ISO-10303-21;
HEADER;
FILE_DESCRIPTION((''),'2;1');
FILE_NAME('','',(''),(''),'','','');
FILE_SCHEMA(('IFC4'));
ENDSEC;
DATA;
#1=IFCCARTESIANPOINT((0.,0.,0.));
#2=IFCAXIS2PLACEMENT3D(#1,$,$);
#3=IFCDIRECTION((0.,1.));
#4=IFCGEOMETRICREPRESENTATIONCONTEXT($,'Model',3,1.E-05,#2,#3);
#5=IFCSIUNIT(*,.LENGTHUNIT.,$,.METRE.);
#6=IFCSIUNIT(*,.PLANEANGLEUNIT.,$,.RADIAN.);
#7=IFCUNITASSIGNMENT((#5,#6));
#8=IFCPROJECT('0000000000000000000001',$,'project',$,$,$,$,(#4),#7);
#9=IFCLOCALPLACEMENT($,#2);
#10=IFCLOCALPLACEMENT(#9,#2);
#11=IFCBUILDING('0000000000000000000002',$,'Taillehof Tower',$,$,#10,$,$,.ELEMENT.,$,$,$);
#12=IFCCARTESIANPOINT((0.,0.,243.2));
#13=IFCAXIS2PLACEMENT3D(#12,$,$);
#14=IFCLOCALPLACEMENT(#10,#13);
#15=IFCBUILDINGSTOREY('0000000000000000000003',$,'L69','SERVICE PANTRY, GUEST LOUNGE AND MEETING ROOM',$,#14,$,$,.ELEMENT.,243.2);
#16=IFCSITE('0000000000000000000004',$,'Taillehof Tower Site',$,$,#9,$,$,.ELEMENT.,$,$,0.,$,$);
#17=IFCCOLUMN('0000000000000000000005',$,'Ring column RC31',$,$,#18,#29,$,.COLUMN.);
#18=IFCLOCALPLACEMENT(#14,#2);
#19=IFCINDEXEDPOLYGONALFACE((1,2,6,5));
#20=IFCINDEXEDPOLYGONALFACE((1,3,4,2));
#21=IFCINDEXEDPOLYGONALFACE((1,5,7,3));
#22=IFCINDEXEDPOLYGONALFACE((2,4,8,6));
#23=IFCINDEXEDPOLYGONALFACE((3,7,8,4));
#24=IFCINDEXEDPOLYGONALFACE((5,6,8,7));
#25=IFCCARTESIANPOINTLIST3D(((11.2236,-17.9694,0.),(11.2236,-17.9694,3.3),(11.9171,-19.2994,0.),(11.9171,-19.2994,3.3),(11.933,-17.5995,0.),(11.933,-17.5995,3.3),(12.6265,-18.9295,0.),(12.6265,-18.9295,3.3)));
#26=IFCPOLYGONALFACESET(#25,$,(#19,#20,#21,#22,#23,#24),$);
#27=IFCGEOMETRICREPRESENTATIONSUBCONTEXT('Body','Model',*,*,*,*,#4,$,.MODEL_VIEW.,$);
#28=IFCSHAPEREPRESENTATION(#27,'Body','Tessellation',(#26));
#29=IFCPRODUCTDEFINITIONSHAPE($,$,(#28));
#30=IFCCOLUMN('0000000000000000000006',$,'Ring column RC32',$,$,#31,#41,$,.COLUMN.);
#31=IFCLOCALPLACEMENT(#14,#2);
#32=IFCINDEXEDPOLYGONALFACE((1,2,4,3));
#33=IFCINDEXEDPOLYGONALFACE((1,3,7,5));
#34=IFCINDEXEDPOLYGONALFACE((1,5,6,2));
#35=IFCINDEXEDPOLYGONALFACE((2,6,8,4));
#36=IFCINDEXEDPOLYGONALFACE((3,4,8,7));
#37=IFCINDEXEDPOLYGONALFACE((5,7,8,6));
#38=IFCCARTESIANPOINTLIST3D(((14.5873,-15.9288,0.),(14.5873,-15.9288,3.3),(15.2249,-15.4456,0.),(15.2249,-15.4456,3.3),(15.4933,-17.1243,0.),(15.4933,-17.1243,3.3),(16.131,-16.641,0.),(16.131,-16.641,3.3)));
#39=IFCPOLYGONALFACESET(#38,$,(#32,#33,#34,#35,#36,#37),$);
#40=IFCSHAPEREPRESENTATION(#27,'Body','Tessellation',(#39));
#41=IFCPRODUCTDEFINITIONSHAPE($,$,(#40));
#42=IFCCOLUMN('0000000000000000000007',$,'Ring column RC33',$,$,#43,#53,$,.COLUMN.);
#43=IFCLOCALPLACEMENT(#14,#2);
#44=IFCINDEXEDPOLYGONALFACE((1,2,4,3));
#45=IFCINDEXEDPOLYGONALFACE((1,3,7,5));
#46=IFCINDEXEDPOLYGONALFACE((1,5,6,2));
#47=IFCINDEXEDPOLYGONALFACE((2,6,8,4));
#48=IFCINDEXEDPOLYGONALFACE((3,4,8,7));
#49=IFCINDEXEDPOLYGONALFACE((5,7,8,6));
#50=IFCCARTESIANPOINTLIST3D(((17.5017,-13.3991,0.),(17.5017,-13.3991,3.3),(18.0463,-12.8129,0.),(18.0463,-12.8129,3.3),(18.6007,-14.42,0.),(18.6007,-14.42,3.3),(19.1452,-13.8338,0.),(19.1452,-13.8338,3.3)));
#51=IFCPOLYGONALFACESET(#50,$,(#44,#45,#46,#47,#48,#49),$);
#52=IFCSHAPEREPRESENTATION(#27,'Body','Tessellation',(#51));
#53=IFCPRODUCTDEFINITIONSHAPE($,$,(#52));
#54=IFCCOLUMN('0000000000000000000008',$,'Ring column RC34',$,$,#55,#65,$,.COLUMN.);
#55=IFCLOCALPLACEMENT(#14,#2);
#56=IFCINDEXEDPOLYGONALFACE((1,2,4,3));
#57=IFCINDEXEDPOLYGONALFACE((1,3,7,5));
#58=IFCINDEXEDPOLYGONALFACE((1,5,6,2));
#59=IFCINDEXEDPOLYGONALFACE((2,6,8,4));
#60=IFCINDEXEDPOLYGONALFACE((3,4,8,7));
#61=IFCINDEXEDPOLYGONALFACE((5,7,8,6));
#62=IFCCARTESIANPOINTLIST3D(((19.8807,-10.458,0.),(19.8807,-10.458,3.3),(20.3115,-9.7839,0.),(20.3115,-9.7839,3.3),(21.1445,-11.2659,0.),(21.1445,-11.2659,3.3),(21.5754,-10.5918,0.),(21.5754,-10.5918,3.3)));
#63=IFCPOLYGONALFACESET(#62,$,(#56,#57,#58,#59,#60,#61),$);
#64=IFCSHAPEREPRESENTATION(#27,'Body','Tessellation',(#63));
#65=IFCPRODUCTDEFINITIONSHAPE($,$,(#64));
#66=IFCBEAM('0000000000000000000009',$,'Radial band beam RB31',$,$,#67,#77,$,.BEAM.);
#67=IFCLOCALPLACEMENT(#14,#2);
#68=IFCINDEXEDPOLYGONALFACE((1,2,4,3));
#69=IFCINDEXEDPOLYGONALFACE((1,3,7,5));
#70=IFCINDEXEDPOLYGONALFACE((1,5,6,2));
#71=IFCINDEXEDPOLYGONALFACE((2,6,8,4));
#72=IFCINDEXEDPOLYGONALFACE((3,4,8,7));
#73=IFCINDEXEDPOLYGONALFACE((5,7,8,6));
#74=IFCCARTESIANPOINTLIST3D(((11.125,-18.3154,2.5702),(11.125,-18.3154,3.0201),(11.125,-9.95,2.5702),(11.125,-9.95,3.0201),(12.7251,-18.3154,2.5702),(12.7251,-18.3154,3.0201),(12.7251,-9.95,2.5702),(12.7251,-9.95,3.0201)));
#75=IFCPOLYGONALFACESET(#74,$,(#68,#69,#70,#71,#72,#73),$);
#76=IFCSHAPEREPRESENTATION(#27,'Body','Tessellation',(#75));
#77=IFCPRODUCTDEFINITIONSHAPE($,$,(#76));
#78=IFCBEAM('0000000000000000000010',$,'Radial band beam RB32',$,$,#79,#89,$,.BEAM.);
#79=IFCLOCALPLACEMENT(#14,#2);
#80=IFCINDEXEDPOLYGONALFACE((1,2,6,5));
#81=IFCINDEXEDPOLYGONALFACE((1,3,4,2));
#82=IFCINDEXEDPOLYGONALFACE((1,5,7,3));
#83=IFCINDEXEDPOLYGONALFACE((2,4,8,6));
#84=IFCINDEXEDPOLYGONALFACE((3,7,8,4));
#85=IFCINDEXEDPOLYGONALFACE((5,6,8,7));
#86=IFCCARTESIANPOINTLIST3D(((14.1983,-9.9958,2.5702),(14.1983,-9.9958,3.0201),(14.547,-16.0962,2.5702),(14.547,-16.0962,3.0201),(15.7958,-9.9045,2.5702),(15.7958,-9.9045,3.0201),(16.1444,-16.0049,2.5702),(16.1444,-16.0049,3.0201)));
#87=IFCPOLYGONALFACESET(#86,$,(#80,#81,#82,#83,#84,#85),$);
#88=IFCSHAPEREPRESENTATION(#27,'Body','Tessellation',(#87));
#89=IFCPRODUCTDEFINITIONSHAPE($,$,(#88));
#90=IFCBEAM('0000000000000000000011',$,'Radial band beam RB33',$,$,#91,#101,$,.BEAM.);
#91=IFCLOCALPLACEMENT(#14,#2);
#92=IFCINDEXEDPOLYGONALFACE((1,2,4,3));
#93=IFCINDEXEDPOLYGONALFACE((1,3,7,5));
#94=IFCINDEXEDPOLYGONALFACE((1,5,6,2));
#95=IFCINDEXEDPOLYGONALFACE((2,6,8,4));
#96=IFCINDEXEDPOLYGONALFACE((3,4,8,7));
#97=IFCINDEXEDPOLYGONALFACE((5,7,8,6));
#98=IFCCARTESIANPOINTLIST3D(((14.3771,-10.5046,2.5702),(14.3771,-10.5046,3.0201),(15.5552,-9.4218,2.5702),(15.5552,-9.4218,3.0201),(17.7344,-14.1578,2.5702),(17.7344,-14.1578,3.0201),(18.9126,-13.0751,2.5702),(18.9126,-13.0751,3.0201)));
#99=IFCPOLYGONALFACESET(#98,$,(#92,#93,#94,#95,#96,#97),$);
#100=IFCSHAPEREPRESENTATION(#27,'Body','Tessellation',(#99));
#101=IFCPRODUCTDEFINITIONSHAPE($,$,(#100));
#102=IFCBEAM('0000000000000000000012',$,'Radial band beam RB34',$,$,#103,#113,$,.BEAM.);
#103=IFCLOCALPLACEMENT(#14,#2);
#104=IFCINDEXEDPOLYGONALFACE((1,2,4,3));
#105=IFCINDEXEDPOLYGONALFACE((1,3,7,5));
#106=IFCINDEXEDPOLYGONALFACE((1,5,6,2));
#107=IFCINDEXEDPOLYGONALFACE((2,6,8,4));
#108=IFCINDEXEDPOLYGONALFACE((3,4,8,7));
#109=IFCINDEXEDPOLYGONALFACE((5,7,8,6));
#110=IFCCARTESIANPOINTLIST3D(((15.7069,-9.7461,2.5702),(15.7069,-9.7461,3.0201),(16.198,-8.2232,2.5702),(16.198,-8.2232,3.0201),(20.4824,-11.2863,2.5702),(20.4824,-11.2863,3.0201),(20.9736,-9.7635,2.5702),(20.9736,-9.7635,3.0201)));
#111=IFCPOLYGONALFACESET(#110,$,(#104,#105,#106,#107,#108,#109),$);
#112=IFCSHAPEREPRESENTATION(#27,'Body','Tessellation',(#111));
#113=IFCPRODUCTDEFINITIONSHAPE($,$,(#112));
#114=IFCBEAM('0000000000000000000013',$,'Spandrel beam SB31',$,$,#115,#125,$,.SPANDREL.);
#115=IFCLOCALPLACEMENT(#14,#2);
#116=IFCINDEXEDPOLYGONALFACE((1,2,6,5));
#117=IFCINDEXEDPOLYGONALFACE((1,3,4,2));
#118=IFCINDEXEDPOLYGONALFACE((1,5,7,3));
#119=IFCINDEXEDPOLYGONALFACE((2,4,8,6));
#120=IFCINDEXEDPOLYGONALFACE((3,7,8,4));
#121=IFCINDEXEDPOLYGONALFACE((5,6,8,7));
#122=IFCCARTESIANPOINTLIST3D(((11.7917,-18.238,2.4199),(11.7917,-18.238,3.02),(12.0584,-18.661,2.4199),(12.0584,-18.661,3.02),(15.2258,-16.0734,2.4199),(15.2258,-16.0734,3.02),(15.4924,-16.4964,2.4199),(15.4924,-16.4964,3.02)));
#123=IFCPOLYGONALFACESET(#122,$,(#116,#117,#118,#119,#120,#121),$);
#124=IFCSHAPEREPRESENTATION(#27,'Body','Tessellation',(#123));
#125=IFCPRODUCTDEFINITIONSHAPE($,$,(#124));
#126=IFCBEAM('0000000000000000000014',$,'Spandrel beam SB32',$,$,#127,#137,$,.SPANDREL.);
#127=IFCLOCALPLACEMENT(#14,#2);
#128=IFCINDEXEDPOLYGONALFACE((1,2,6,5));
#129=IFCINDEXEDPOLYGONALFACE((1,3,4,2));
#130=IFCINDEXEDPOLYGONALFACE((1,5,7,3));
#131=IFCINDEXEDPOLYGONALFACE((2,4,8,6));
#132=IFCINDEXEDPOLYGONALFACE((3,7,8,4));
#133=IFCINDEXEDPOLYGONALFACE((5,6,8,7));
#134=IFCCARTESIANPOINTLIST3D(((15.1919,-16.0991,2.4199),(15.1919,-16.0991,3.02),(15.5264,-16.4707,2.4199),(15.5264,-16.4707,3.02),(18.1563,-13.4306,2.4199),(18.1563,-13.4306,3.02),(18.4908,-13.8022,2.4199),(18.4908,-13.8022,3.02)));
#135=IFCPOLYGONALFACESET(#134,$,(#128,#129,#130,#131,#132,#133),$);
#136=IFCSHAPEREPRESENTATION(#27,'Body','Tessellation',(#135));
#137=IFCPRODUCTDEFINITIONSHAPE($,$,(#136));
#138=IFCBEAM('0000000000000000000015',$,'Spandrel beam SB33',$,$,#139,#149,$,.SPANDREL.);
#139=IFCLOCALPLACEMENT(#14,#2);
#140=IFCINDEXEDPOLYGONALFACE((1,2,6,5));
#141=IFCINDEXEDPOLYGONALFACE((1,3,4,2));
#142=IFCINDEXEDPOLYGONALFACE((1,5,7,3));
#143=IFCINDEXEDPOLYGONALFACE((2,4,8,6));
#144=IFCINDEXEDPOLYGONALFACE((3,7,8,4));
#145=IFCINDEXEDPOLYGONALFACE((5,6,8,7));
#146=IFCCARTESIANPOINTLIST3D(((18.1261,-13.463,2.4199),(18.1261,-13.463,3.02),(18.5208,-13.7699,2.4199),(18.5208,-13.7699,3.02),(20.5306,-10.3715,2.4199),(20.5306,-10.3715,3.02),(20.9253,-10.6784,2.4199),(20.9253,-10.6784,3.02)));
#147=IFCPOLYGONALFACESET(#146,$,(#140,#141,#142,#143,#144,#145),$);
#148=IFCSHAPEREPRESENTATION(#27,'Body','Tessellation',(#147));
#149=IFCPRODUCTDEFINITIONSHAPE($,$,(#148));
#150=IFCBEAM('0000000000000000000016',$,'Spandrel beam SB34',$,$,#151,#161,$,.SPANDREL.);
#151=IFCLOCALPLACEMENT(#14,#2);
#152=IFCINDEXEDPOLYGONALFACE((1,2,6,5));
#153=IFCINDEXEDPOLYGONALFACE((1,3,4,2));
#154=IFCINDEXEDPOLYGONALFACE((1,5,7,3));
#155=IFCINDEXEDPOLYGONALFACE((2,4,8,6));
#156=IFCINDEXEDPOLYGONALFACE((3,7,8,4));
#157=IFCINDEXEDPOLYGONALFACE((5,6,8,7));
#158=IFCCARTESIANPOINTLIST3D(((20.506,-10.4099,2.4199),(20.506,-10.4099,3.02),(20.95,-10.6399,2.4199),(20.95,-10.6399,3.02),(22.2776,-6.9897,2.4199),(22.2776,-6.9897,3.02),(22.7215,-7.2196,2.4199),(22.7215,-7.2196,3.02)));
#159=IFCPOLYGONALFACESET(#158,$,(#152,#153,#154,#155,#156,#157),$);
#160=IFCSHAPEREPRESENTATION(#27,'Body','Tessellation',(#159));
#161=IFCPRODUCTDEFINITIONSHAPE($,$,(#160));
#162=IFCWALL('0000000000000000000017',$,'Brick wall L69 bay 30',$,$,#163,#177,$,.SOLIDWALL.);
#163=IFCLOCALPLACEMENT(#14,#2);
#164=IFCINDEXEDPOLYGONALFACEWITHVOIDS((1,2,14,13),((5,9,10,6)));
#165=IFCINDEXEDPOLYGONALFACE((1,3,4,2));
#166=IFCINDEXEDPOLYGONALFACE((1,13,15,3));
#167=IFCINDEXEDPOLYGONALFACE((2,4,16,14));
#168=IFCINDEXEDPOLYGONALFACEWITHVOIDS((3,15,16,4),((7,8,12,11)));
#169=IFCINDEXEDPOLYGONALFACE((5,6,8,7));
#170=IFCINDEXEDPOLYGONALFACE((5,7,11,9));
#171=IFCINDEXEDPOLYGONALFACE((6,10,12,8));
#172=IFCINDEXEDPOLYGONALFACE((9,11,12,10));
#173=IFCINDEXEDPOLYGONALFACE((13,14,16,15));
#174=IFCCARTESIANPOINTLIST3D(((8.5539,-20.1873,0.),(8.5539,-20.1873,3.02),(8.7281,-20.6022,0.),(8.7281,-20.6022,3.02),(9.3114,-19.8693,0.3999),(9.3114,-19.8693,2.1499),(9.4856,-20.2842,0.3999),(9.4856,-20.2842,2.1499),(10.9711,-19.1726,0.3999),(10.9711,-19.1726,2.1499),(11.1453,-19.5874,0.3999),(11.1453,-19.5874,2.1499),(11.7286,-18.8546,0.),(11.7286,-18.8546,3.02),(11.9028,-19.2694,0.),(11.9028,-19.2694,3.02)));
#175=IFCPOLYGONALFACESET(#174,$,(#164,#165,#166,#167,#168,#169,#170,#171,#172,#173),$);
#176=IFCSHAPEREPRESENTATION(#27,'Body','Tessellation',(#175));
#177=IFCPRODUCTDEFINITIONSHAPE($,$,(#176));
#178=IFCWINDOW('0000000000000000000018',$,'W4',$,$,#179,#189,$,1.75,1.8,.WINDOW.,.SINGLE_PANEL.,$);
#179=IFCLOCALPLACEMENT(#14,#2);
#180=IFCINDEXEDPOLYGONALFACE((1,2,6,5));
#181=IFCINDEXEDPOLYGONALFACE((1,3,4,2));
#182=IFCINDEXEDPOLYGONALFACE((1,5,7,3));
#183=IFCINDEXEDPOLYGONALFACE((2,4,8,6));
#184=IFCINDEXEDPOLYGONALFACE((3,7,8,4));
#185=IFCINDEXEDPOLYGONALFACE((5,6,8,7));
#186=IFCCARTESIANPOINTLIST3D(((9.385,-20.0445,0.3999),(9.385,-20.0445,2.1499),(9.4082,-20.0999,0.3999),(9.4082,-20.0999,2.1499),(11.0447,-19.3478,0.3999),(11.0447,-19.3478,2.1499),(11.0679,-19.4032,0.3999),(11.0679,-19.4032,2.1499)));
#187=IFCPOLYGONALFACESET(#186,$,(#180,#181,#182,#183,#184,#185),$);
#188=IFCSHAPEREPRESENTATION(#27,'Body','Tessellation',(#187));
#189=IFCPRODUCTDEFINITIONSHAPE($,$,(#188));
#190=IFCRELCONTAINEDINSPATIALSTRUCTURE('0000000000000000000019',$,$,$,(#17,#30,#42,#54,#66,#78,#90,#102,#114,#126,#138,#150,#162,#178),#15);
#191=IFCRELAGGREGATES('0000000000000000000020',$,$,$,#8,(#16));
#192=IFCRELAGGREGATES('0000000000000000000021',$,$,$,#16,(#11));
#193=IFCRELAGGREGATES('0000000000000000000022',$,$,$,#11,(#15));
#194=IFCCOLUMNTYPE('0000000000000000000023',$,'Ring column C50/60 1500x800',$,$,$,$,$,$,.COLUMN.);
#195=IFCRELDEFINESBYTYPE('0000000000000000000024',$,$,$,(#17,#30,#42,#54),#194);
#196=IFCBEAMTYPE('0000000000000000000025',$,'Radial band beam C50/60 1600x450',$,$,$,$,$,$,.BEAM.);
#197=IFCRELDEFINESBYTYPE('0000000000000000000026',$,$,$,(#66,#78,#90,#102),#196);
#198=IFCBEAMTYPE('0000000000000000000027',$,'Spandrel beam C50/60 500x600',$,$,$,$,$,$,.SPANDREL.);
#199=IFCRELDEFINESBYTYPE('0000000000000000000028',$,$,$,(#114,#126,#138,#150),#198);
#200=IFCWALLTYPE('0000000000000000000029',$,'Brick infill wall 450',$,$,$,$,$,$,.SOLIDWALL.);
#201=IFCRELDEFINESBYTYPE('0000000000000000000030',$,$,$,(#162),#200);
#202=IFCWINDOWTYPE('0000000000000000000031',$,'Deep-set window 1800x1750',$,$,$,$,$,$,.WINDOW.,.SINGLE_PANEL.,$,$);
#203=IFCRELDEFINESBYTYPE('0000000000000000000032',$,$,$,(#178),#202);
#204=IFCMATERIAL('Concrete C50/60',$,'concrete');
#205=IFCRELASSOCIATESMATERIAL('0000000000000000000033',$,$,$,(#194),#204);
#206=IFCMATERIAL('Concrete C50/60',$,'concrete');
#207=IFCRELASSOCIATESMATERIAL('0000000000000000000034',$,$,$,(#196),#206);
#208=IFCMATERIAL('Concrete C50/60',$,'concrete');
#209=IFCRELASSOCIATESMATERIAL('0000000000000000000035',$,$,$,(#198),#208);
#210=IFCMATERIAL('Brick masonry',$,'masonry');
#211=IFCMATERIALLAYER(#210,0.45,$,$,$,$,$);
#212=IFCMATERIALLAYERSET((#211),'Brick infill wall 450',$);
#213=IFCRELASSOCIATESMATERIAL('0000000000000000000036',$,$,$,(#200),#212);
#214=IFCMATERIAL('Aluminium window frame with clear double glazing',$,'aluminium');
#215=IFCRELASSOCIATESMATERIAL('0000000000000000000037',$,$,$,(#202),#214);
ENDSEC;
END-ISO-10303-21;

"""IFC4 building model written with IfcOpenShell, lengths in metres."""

from ifc_helpers import new_model, si_unit, direction, frame, frame_2d, origin, origin_2d, place, context, subcontext, project, spatial, rectangle, extrude, material, layer, layer_set, material_profile, profile_set, type_object, element, fill, save


model = new_model("IFC4")

# Units and contexts
model_context = context("Model", 3, precision=1e-05, world=origin(), true_north=direction((0.0, 1.0)))
body_context = subcontext(model_context, "Body", "Model", "MODEL_VIEW")
ifc_project = project(units=[si_unit("LENGTHUNIT", "METRE"), si_unit("PLANEANGLEUNIT", "RADIAN")], contexts=[model_context])

# Site, building, storey
site_placement = place(None, origin())
site = spatial("IfcSite", under=ifc_project, at=site_placement, Name="Taillehof Tower Site", CompositionType="ELEMENT", RefElevation=0.0)
building_placement = place(site_placement, origin())
building = spatial("IfcBuilding", under=site, at=building_placement, Name="Taillehof Tower", CompositionType="ELEMENT")
storey_placement = place(building_placement, frame((0.0, 0.0, 243.2)))
storey = spatial("IfcBuildingStorey", under=building, at=storey_placement, Name="L69", Description="SERVICE PANTRY, GUEST LOUNGE AND MEETING ROOM", CompositionType="ELEMENT", Elevation=243.2)

# Columns
ifc_material_1 = material(Name="Concrete C50/60", Category="concrete")
ifc_material_profile_1 = material_profile(ifc_material_1, rectangle(XDim=1.5, YDim=0.8, at=origin_2d()), Name="RC 1500x800")
ifc_profile_set_1 = profile_set([ifc_material_profile_1], Name="Concrete C50/60")
column_type = type_object("IfcColumnType", Name="Ring column C50/60 1500x800", PredefinedType="COLUMN", material=ifc_profile_set_1)
for number, where, z_axis, x_axis, name in (
    (1, (11.925, -18.4495, 0.0), (0.0, 0.0, 1.0), (0.462384, -0.88668, 0.0), "Ring column RC31"),
    (2, (15.3591, -16.2849, 0.0), (0.0, 0.0, 1.0), (0.60402, -0.796969, 0.0), "Ring column RC32"),
    (3, (18.3235, -13.6165, 0.0), (0.0, 0.0, 1.0), (0.732636, -0.680621, 0.0), "Ring column RC33"),
    (4, (20.728, -10.5249, 0.0), (0.0, 0.0, 1.0), (0.842574, -0.538581, 0.0), "Ring column RC34"),
):
    element("IfcColumn", number, at=place(storey_placement, frame(where, z_axis=z_axis, x_axis=x_axis)), inside=storey, type_object=column_type, Name=name, PredefinedType="COLUMN", context=body_context, shape_type="SweptSolid", body=[
        extrude(rectangle(XDim=1.5, YDim=0.8, at=origin_2d()), origin(), (0.0, 0.0, 1.0), 3.3),
    ])

# Beams
ifc_material_2 = material(Name="Concrete C50/60", Category="concrete")
ifc_material_profile_2 = material_profile(ifc_material_2, rectangle(XDim=1.6001, YDim=0.45, at=origin_2d()), Name="RC 1600x450")
ifc_profile_set_2 = profile_set([ifc_material_profile_2], Name="Concrete C50/60")
beam_type_1 = type_object("IfcBeamType", Name="Radial band beam C50/60 1600x450", PredefinedType="BEAM", material=ifc_profile_set_2)
beam_1_placement = place(storey_placement, frame((11.925, -18.3154, 2.7952), z_axis=(0.0, 1.0, 0.0), x_axis=(-1.0, 0.0, 0.0)))
element("IfcBeam", 5, at=beam_1_placement, inside=storey, type_object=beam_type_1, Name="Radial band beam RB31", PredefinedType="BEAM", context=body_context, shape_type="SweptSolid", body=[
    extrude(rectangle(XDim=1.6001, YDim=0.45, at=origin_2d()), origin(), (0.0, 0.0, 1.0), 8.3655),
])
beam_2_placement = place(storey_placement, frame((15.3457, -16.0505, 2.7952), z_axis=(-0.057057, 0.998371, 0.0), x_axis=(-0.998371, -0.057057, 0.0)))
element("IfcBeam", 6, at=beam_2_placement, inside=storey, type_object=beam_type_1, Name="Radial band beam RB32", PredefinedType="BEAM", context=body_context, shape_type="SweptSolid", body=[
    extrude(rectangle(XDim=1.6001, YDim=0.45, at=origin_2d()), origin(), (0.0, 0.0, 1.0), 6.1104),
])
beam_3_placement = place(storey_placement, frame((18.3235, -13.6165, 2.7952), z_axis=(-0.67666, 0.736296, 0.0), x_axis=(-0.736296, -0.67666, 0.0)))
element("IfcBeam", 7, at=beam_3_placement, inside=storey, type_object=beam_type_1, Name="Radial band beam RB33", PredefinedType="BEAM", context=body_context, shape_type="SweptSolid", body=[
    extrude(rectangle(XDim=1.6001, YDim=0.45, at=origin_2d()), origin(), (0.0, 0.0, 1.0), 4.9617),
])
beam_4_placement = place(storey_placement, frame((20.728, -10.5249, 2.7952), z_axis=(-0.951723, 0.306959, 0.0), x_axis=(-0.306959, -0.951723, 0.0)))
element("IfcBeam", 8, at=beam_4_placement, inside=storey, type_object=beam_type_1, Name="Radial band beam RB34", PredefinedType="BEAM", context=body_context, shape_type="SweptSolid", body=[
    extrude(rectangle(XDim=1.6001, YDim=0.45, at=origin_2d()), origin(), (0.0, 0.0, 1.0), 5.0178),
])
ifc_material_3 = material(Name="Concrete C50/60", Category="concrete")
ifc_material_profile_3 = material_profile(ifc_material_3, rectangle(XDim=0.5, YDim=0.6001, at=origin_2d()), Name="RC 500x600")
ifc_profile_set_3 = profile_set([ifc_material_profile_3], Name="Concrete C50/60")
beam_type_2 = type_object("IfcBeamType", Name="Spandrel beam C50/60 500x600", PredefinedType="SPANDREL", material=ifc_profile_set_3)
beam_5_placement = place(storey_placement, frame((11.925, -18.4495, 2.72), z_axis=(0.845972, 0.533228, 0.0), x_axis=(-0.533228, 0.845972, 0.0)))
element("IfcBeam", 9, at=beam_5_placement, inside=storey, type_object=beam_type_2, Name="Spandrel beam SB31", PredefinedType="SPANDREL", context=body_context, shape_type="SweptSolid", body=[
    extrude(rectangle(XDim=0.5, YDim=0.6001, at=origin_2d()), origin(), (0.0, 0.0, 1.0), 4.0593),
])
beam_6_placement = place(storey_placement, frame((15.3591, -16.2849, 2.72), z_axis=(0.743227, 0.669039, 0.0), x_axis=(-0.669039, 0.743227, 0.0)))
element("IfcBeam", 10, at=beam_6_placement, inside=storey, type_object=beam_type_2, Name="Spandrel beam SB32", PredefinedType="SPANDREL", context=body_context, shape_type="SweptSolid", body=[
    extrude(rectangle(XDim=0.5, YDim=0.6001, at=origin_2d()), origin(), (0.0, 0.0, 1.0), 3.9885),
])
beam_7_placement = place(storey_placement, frame((18.3235, -13.6165, 2.72), z_axis=(0.613941, 0.789352, 0.0), x_axis=(-0.789352, 0.613941, 0.0)))
element("IfcBeam", 11, at=beam_7_placement, inside=storey, type_object=beam_type_2, Name="Spandrel beam SB33", PredefinedType="SPANDREL", context=body_context, shape_type="SweptSolid", body=[
    extrude(rectangle(XDim=0.5, YDim=0.6001, at=origin_2d()), origin(), (0.0, 0.0, 1.0), 3.9165),
])
beam_8_placement = place(storey_placement, frame((20.728, -10.5249, 2.72), z_axis=(0.459921, 0.88796, 0.0), x_axis=(-0.88796, 0.459921, 0.0)))
element("IfcBeam", 12, at=beam_8_placement, inside=storey, type_object=beam_type_2, Name="Spandrel beam SB34", PredefinedType="SPANDREL", context=body_context, shape_type="SweptSolid", body=[
    extrude(rectangle(XDim=0.5, YDim=0.6001, at=origin_2d()), origin(), (0.0, 0.0, 1.0), 3.8518),
])

# Wall, opening, window
ifc_material_4 = material(Name="Brick masonry", Category="masonry")
ifc_layer_1 = layer(ifc_material_4, 0.45)
ifc_layer_set_1 = layer_set([ifc_layer_1], Name="Brick infill wall 450")
wall_type_1 = type_object("IfcWallType", Name="Brick infill wall 450", PredefinedType="SOLIDWALL", material=ifc_layer_set_1)
wall_1_placement = place(storey_placement, frame((8.6409, -20.3948, 0.0), z_axis=(0.0, 0.0, 1.0), x_axis=(0.92205, 0.387071, 0.0)))
wall_1 = element("IfcWall", 13, at=wall_1_placement, inside=storey, type_object=wall_type_1, Name="Brick wall L69 bay 30", PredefinedType="SOLIDWALL", context=body_context, shape_type="SweptSolid", body=[
    extrude(rectangle(XDim=3.4431, YDim=0.45, at=frame_2d((1.7217, 0.0))), origin(), (0.0, 0.0, 1.0), 3.02),
])
opening_1_placement = place(wall_1_placement, frame((0.8218, 0.0, 0.3999)))
opening_1 = element("IfcOpeningElement", 14, at=opening_1_placement, cuts=wall_1, PredefinedType="OPENING", context=body_context, shape_type="SweptSolid", body=[
    extrude(rectangle(XDim=1.8, YDim=1.75, at=frame_2d((0.8999, 0.875))), frame((0.0, 0.2349, 0.0), z_axis=(0.0, -1.0, 0.0), x_axis=(1.0, 0.0, 0.0)), (0.0, 0.0, 1.0), 0.47),
])
ifc_material_5 = material(Name="Aluminium window frame with clear double glazing", Category="aluminium")
window_type = type_object("IfcWindowType", Name="Deep-set window 1800x1750", PartitioningType="SINGLE_PANEL", PredefinedType="WINDOW", material=ifc_material_5)
window_1_placement = place(opening_1_placement, origin())
window_1 = element("IfcWindow", 15, at=window_1_placement, inside=storey, type_object=window_type, Name="W4", OverallHeight=1.75, OverallWidth=1.8, PartitioningType="SINGLE_PANEL", PredefinedType="WINDOW", context=body_context, shape_type="SweptSolid", body=[
    extrude(rectangle(XDim=1.8, YDim=1.75, at=frame_2d((0.8999, 0.875))), frame((0.0, 0.0349, 0.0), z_axis=(0.0, -1.0, 0.0), x_axis=(1.0, 0.0, 0.0)), (0.0, 0.0, 1.0), 0.0601),
])
fill(opening_1, window_1)

save(model, "model.ifc")
